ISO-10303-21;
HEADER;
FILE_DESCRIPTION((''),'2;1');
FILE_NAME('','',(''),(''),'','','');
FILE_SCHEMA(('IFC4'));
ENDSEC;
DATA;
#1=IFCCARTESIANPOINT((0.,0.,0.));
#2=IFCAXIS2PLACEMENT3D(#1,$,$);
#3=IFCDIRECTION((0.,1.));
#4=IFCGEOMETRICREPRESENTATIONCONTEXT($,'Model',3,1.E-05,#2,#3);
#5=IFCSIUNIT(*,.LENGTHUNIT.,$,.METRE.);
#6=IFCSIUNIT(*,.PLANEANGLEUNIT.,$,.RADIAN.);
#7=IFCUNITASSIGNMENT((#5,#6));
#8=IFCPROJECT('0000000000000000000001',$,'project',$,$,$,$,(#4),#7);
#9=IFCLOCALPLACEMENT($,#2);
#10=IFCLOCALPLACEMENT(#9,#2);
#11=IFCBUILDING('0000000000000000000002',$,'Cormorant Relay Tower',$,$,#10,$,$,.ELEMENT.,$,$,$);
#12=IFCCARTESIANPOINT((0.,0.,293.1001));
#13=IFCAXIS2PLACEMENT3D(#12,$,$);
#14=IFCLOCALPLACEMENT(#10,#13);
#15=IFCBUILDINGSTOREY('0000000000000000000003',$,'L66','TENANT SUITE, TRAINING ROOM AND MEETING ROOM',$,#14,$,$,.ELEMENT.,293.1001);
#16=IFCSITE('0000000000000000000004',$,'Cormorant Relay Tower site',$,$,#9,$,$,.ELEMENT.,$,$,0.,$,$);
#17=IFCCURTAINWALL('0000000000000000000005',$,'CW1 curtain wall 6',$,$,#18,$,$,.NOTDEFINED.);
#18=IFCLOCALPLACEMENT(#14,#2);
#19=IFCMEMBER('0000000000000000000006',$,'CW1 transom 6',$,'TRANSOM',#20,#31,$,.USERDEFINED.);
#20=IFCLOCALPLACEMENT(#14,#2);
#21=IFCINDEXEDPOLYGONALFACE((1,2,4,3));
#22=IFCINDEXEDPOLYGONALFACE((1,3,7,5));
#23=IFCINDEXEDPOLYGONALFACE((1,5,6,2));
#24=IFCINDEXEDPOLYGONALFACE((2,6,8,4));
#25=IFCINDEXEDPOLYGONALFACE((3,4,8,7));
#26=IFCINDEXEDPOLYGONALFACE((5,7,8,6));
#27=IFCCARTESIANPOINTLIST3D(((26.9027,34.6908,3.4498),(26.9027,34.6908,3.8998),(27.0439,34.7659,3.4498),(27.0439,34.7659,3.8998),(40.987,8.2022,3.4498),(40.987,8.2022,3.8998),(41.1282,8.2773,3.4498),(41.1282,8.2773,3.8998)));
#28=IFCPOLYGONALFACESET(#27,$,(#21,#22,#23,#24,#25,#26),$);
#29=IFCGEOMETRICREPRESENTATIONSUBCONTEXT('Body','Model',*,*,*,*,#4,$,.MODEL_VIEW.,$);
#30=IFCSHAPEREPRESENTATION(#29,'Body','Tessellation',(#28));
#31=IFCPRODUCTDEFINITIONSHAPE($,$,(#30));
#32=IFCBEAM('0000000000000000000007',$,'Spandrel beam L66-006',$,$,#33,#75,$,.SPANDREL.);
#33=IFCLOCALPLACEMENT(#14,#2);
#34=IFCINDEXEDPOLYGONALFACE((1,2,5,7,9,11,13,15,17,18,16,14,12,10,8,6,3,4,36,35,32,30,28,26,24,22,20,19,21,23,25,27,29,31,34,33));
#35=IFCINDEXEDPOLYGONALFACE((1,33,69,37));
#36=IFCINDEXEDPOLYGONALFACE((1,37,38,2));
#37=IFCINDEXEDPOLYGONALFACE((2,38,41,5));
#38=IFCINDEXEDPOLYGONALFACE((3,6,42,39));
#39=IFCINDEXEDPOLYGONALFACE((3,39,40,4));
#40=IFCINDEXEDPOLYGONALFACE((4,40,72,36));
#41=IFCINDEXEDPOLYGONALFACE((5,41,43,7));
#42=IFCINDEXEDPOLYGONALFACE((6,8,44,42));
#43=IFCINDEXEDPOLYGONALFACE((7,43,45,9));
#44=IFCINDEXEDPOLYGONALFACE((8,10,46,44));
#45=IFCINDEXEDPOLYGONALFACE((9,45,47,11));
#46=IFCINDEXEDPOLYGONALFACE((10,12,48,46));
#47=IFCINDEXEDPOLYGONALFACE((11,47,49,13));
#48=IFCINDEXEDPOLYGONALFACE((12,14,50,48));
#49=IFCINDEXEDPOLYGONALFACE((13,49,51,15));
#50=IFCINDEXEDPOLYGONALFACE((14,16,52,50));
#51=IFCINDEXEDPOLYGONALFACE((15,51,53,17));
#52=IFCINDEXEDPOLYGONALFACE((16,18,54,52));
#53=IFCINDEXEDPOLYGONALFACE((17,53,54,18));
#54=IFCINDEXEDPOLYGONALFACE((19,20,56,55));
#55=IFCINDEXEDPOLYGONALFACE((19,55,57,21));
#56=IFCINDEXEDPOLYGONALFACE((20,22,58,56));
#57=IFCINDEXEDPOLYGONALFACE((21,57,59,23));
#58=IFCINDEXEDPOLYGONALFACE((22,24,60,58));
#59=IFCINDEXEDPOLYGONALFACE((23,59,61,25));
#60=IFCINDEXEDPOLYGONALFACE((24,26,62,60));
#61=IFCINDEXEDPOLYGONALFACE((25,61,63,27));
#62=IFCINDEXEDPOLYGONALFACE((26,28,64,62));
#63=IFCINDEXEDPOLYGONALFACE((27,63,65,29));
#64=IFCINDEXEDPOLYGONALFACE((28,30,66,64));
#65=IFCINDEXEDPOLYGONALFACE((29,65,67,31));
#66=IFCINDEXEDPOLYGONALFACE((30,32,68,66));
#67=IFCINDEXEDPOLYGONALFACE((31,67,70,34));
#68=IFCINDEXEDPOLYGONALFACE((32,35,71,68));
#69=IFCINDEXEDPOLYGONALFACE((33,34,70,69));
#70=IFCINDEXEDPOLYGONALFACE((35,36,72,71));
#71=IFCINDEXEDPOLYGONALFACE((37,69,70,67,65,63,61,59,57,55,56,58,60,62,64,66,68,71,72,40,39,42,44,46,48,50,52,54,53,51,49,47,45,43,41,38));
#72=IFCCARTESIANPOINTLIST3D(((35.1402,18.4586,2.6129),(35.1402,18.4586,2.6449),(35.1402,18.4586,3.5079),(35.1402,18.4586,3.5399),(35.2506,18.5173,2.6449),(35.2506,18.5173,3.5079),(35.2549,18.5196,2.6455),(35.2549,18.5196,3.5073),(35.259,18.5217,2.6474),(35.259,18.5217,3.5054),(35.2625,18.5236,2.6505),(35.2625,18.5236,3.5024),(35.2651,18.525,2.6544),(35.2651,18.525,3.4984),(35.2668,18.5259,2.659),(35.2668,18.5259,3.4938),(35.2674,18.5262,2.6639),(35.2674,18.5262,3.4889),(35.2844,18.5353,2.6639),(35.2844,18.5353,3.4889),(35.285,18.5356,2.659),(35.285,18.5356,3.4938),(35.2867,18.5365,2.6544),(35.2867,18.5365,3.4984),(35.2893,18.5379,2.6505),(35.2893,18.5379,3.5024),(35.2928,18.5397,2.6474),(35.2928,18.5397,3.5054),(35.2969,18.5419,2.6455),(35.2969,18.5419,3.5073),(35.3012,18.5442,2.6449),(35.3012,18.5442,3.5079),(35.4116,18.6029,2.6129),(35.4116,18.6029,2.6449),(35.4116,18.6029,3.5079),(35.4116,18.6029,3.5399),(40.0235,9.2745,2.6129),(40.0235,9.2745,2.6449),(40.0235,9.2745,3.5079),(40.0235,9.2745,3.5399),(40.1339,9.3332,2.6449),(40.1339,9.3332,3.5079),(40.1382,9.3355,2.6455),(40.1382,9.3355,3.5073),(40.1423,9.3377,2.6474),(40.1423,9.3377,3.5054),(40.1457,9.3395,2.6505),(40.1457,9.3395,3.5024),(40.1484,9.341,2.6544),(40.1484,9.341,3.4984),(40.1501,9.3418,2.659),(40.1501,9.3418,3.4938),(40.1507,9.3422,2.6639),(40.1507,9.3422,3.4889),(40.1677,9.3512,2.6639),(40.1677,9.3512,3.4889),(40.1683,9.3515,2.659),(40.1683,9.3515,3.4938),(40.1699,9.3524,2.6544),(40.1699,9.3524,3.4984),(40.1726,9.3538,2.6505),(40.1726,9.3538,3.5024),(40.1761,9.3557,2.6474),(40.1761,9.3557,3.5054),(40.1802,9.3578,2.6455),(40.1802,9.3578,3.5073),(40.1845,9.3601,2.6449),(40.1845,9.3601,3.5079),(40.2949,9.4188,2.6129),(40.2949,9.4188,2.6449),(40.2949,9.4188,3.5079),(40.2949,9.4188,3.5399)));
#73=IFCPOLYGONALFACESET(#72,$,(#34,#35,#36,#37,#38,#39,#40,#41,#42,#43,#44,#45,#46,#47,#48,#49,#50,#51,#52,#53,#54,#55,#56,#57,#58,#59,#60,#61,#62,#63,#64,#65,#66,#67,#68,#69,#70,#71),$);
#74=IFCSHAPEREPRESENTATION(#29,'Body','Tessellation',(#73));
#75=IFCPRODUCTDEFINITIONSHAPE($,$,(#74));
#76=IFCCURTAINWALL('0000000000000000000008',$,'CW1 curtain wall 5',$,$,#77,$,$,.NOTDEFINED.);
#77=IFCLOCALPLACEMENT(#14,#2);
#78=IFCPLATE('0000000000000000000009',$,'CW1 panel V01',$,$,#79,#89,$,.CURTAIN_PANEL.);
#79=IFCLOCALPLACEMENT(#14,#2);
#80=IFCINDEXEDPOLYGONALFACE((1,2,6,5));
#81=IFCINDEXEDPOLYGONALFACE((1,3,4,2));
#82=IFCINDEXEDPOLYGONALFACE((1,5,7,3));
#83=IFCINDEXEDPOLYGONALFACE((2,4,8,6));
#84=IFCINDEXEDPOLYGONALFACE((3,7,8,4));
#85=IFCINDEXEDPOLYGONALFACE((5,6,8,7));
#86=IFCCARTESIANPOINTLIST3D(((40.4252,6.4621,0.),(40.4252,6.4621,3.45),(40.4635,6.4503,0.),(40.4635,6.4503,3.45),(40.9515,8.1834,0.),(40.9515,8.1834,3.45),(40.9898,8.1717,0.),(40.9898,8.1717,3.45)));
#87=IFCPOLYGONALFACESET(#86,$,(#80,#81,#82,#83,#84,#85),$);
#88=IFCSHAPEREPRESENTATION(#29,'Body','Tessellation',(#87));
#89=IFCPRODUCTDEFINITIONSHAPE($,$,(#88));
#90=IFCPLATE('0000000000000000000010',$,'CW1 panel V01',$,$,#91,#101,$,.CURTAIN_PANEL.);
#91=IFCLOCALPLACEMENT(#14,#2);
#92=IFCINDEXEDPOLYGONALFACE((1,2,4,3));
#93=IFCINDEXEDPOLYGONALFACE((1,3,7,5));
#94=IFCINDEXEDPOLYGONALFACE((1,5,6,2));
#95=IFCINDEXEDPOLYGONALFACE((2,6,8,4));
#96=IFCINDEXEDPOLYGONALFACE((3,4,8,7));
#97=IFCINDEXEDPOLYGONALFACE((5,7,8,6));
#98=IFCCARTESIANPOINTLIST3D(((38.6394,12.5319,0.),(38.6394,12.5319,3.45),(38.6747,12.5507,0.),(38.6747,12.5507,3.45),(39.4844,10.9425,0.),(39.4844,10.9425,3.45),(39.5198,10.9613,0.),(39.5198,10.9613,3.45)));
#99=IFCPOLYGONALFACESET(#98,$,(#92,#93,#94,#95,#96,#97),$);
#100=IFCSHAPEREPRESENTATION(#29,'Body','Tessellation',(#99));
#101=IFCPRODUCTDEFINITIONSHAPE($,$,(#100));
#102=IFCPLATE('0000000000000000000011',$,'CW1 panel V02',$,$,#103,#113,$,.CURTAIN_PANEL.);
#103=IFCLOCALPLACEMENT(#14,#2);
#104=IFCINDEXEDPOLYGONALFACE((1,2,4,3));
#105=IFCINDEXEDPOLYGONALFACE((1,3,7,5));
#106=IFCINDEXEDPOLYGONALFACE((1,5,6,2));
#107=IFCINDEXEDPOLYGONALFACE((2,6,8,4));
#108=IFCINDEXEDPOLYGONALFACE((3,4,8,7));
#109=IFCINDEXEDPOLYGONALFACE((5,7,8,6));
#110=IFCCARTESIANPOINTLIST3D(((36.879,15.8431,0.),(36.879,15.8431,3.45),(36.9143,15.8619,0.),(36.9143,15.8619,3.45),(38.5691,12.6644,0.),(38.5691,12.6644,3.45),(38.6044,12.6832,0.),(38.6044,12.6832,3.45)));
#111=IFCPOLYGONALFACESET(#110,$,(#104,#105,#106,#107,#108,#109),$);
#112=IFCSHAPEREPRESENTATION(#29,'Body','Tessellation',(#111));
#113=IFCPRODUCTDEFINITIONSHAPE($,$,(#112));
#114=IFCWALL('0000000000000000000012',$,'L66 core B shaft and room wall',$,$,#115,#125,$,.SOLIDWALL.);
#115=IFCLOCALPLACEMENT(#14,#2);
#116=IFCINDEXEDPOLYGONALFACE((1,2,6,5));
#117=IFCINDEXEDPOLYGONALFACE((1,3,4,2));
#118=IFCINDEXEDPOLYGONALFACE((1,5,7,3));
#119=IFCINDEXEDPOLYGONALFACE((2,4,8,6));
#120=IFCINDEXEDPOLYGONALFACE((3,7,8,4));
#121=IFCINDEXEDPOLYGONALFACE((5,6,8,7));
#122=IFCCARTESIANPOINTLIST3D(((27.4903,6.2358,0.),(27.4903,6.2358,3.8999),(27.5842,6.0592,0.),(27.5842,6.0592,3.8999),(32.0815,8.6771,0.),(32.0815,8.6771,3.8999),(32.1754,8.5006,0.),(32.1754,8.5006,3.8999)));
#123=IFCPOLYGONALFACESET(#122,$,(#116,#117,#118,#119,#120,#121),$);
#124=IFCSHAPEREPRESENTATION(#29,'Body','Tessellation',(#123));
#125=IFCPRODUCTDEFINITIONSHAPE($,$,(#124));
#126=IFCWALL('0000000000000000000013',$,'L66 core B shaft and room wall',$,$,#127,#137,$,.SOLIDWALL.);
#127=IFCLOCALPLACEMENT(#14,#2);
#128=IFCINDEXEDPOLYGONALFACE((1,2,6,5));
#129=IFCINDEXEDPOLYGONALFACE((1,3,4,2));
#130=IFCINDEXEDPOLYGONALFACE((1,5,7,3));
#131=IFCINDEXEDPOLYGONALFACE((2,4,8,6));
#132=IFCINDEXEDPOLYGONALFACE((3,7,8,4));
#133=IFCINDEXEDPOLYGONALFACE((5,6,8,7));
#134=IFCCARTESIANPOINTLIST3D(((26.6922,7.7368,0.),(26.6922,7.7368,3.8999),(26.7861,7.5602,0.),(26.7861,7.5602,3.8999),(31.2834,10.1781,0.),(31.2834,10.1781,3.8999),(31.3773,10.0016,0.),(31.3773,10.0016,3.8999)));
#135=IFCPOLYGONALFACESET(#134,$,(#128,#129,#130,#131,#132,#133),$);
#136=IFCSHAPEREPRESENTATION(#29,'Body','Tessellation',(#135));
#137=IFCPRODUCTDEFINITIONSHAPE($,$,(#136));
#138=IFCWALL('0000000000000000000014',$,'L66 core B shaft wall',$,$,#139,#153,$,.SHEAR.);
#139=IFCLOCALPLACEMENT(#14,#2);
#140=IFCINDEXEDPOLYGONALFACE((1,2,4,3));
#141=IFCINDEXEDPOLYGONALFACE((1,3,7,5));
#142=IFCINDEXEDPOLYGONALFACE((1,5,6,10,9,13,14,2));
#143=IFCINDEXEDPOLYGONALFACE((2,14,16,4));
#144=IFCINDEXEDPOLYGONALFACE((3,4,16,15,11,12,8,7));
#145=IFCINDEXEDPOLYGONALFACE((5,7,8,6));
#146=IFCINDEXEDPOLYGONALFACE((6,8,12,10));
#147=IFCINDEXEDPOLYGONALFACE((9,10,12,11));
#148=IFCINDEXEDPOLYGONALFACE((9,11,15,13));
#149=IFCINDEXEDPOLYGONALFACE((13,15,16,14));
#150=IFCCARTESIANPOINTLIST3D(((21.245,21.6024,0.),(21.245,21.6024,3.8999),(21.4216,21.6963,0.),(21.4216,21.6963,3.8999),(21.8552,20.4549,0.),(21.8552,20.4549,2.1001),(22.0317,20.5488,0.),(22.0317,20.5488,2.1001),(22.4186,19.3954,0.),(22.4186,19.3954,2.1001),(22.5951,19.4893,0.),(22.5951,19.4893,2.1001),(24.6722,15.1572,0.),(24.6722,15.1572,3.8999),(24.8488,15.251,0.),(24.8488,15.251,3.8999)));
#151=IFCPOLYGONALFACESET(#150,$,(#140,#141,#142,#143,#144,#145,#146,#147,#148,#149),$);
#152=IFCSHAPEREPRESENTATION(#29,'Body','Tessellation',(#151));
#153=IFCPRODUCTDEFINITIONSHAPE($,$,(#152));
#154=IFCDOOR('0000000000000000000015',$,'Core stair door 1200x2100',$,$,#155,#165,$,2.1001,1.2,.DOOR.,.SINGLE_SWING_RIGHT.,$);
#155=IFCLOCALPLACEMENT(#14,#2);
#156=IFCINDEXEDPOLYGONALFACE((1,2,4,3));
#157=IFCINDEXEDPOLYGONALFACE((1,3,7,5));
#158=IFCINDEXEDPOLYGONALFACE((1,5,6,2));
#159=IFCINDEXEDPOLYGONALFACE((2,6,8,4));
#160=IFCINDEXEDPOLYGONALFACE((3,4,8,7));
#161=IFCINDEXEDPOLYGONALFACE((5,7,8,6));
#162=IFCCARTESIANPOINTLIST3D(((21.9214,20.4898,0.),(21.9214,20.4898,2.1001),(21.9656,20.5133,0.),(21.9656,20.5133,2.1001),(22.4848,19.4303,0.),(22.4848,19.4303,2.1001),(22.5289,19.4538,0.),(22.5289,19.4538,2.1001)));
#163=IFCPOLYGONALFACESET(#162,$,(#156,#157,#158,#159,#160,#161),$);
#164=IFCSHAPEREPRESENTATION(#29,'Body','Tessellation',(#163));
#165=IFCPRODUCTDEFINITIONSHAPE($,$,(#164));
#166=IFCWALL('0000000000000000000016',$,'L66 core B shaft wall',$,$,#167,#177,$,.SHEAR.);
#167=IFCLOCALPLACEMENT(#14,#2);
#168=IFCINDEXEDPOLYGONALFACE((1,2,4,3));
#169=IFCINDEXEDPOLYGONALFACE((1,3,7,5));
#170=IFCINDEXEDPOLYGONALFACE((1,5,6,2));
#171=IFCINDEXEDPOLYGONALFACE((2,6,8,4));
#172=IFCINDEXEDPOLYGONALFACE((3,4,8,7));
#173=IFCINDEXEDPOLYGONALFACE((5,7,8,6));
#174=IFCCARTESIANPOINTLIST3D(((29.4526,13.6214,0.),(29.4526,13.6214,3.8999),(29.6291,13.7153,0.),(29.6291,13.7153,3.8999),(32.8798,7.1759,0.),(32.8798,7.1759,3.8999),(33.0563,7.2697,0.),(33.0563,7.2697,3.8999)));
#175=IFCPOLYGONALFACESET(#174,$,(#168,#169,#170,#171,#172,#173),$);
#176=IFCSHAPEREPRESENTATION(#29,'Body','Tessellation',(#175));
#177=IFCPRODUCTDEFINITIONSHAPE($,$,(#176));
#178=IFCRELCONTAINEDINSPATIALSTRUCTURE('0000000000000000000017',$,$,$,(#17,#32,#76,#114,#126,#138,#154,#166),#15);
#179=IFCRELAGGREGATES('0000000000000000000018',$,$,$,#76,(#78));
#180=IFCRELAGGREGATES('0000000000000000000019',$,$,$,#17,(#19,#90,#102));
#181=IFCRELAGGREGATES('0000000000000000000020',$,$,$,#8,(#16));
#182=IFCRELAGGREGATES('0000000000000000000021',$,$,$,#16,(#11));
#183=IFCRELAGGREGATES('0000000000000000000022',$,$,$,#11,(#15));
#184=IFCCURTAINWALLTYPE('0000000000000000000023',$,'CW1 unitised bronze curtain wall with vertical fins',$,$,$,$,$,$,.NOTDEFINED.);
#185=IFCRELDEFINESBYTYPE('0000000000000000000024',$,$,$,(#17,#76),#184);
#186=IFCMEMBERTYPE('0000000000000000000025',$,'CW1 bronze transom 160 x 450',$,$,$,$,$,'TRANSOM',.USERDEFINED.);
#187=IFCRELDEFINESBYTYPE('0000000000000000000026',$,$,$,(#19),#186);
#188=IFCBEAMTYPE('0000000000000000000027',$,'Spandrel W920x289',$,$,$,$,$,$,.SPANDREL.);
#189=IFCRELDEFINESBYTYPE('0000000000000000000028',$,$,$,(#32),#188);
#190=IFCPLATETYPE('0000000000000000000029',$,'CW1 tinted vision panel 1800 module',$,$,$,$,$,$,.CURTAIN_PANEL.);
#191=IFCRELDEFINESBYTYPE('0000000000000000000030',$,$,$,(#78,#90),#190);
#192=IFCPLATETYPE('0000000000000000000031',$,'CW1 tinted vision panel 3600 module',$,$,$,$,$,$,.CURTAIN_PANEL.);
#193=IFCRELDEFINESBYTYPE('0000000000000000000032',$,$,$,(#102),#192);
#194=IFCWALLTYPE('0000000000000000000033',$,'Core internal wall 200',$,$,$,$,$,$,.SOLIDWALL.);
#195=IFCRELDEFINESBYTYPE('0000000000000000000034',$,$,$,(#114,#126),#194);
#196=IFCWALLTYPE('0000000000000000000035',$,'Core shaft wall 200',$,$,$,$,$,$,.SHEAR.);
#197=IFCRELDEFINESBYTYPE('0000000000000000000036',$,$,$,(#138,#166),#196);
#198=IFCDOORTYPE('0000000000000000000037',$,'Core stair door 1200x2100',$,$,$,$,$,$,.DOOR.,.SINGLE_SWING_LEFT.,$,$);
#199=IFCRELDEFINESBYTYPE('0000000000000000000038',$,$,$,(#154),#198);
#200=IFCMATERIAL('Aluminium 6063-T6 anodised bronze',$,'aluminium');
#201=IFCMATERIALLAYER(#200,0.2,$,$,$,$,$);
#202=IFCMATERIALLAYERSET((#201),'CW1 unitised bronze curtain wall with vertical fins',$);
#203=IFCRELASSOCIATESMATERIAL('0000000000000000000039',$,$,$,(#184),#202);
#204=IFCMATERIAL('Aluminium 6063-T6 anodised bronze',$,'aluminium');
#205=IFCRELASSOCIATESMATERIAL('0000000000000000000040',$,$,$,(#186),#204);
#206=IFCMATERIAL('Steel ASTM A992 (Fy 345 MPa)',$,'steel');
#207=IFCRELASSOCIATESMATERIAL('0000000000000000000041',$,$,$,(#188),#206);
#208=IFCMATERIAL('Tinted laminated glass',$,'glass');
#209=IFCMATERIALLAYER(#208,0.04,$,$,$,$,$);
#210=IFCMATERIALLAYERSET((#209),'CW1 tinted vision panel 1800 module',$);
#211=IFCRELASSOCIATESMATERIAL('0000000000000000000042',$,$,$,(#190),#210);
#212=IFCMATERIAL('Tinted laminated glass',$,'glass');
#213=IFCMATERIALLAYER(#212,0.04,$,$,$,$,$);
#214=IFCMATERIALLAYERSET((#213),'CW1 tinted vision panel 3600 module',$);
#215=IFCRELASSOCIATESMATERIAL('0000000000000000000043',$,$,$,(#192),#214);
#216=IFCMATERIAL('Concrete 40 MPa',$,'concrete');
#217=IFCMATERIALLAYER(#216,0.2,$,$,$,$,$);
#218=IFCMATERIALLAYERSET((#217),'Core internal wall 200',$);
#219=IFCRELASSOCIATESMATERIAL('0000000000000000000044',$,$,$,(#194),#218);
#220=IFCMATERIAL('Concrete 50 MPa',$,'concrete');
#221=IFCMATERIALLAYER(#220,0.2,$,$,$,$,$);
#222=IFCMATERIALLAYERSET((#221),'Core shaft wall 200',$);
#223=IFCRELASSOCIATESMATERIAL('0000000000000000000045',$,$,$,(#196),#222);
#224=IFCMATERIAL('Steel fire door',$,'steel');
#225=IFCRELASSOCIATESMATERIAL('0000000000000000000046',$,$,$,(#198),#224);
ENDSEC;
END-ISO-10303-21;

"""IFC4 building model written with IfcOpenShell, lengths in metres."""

from ifc_helpers import new_model, si_unit, direction, frame, frame_2d, origin, origin_2d, place, context, subcontext, project, spatial, rectangle, i_section, extrude, material, layer, layer_set, material_profile, profile_set, type_object, element, fill, aggregate, save


model = new_model("IFC4")

# Units and contexts
model_context = context("Model", 3, precision=1e-05, world=origin(), true_north=direction((0.0, 1.0)))
body_context = subcontext(model_context, "Body", "Model", "MODEL_VIEW")
ifc_project = project(units=[si_unit("LENGTHUNIT", "METRE"), si_unit("PLANEANGLEUNIT", "RADIAN")], contexts=[model_context])

# Site, building, storey
site_placement = place(None, origin())
site = spatial("IfcSite", under=ifc_project, at=site_placement, Name="Cormorant Relay Tower site", CompositionType="ELEMENT", RefElevation=0.0)
building_placement = place(site_placement, origin())
building = spatial("IfcBuilding", under=site, at=building_placement, Name="Cormorant Relay Tower", CompositionType="ELEMENT")
storey_placement = place(building_placement, frame((0.0, 0.0, 293.1001)))
storey = spatial("IfcBuildingStorey", under=building, at=storey_placement, Name="L66", Description="TENANT SUITE, TRAINING ROOM AND MEETING ROOM", CompositionType="ELEMENT", Elevation=293.1001)

# Curtain wall, member
ifc_material_1 = material(Name="Aluminium 6063-T6 anodised bronze", Category="aluminium")
ifc_layer_1 = layer(ifc_material_1, 0.2)
ifc_layer_set_1 = layer_set([ifc_layer_1], Name="CW1 unitised bronze curtain wall with vertical fins")
curtain_wall_type = type_object("IfcCurtainWallType", Name="CW1 unitised bronze curtain wall with vertical fins", PredefinedType="NOTDEFINED", material=ifc_layer_set_1)
curtain_wall_1_placement = place(storey_placement, origin())
curtain_wall_1 = element("IfcCurtainWall", 1, at=curtain_wall_1_placement, inside=storey, type_object=curtain_wall_type, Name="CW1 curtain wall 6", PredefinedType="NOTDEFINED")
ifc_material_2 = material(Name="Aluminium 6063-T6 anodised bronze", Category="aluminium")
ifc_material_profile_1 = material_profile(ifc_material_2, rectangle(XDim=0.1599, YDim=0.45, at=origin_2d()), Name="AL 160x450")
ifc_profile_set_1 = profile_set([ifc_material_profile_1], Name="Aluminium 6063-T6 anodised bronze")
member_type_1 = type_object("IfcMemberType", Name="CW1 bronze transom 160 x 450", ElementType="TRANSOM", PredefinedType="USERDEFINED", material=ifc_profile_set_1)
member_1_placement = place(storey_placement, frame((41.0576, 8.2397, 3.6748), z_axis=(-0.469472, 0.882947, 0.0), x_axis=(-0.882947, -0.469472, 0.0)))
member_1 = element("IfcMember", 2, at=member_1_placement, type_object=member_type_1, Name="CW1 transom 6", ObjectType="TRANSOM", PredefinedType="USERDEFINED", context=body_context, shape_type="SweptSolid", body=[
    extrude(rectangle(XDim=0.1599, YDim=0.45, at=origin_2d()), origin(), (0.0, 0.0, 1.0), 30.0002),
])

# Beam
ifc_material_3 = material(Name="Steel ASTM A992 (Fy 345 MPa)", Category="steel")
ifc_material_profile_2 = material_profile(ifc_material_3, i_section(OverallWidth=0.3074, OverallDepth=0.927, WebThickness=0.0193, FlangeThickness=0.032, FilletRadius=0.019, at=origin_2d()), Name="W920x289")
ifc_profile_set_2 = profile_set([ifc_material_profile_2], Name="Steel ASTM A992 (Fy 345 MPa)")
beam_type = type_object("IfcBeamType", Name="Spandrel W920x289", PredefinedType="SPANDREL", material=ifc_profile_set_2)
beam_placement = place(storey_placement, frame((40.1592, 9.3467, 3.0764), z_axis=(-0.469474, 0.882946, 0.0), x_axis=(-0.882946, -0.469474, 0.0)))
element("IfcBeam", 3, at=beam_placement, inside=storey, type_object=beam_type, Name="Spandrel beam L66-006", PredefinedType="SPANDREL", context=body_context, shape_type="SweptSolid", body=[
    extrude(i_section(OverallWidth=0.3074, OverallDepth=0.927, WebThickness=0.0193, FlangeThickness=0.032, FilletRadius=0.019, at=origin_2d()), origin(), (0.0, 0.0, 1.0), 10.4016),
])

# Curtain wall, plate
curtain_wall_2_placement = place(storey_placement, origin())
curtain_wall_2 = element("IfcCurtainWall", 4, at=curtain_wall_2_placement, inside=storey, type_object=curtain_wall_type, Name="CW1 curtain wall 5", PredefinedType="NOTDEFINED")
ifc_material_4 = material(Name="Tinted laminated glass", Category="glass")
ifc_layer_2 = layer(ifc_material_4, 0.04)
ifc_layer_set_2 = layer_set([ifc_layer_2], Name="CW1 tinted vision panel 1800 module")
plate_type_1 = type_object("IfcPlateType", Name="CW1 tinted vision panel 1800 module", PredefinedType="CURTAIN_PANEL", material=ifc_layer_set_2)
plate_1_placement = place(storey_placement, frame((40.7075, 7.3169, 0.0), z_axis=(0.0, 0.0, 1.0), x_axis=(0.292372, 0.956305, 0.0)))
plate_1 = element("IfcPlate", 5, at=plate_1_placement, type_object=plate_type_1, Name="CW1 panel V01", PredefinedType="CURTAIN_PANEL", context=body_context, shape_type="SweptSolid", body=[
    extrude(rectangle(XDim=1.8, YDim=0.04, at=origin_2d()), origin(), (0.0, 0.0, 1.0), 3.45),
])
aggregate(curtain_wall_2, [plate_1])

# Plates
plate_2_placement = place(storey_placement, frame((39.0796, 11.7466, 0.0), z_axis=(0.0, 0.0, 1.0), x_axis=(-0.469472, 0.882948, 0.0)))
plate_2 = element("IfcPlate", 6, at=plate_2_placement, type_object=plate_type_1, Name="CW1 panel V01", PredefinedType="CURTAIN_PANEL", context=body_context, shape_type="SweptSolid", body=[
    extrude(rectangle(XDim=1.8, YDim=0.04, at=origin_2d()), origin(), (0.0, 0.0, 1.0), 3.45),
])
ifc_material_5 = material(Name="Tinted laminated glass", Category="glass")
ifc_layer_3 = layer(ifc_material_5, 0.04)
ifc_layer_set_3 = layer_set([ifc_layer_3], Name="CW1 tinted vision panel 3600 module")
plate_type_2 = type_object("IfcPlateType", Name="CW1 tinted vision panel 3600 module", PredefinedType="CURTAIN_PANEL", material=ifc_layer_set_3)
plate_3_placement = place(storey_placement, frame((37.7417, 14.2632, 0.0), z_axis=(0.0, 0.0, 1.0), x_axis=(-0.469472, 0.882948, 0.0)))
plate_3 = element("IfcPlate", 7, at=plate_3_placement, type_object=plate_type_2, Name="CW1 panel V02", PredefinedType="CURTAIN_PANEL", context=body_context, shape_type="SweptSolid", body=[
    extrude(rectangle(XDim=3.6001, YDim=0.04, at=origin_2d()), origin(), (0.0, 0.0, 1.0), 3.45),
])

# Walls
ifc_material_6 = material(Name="Concrete 40 MPa", Category="concrete")
ifc_layer_4 = layer(ifc_material_6, 0.2)
ifc_layer_set_4 = layer_set([ifc_layer_4], Name="Core internal wall 200")
wall_type_1 = type_object("IfcWallType", Name="Core internal wall 200", PredefinedType="SOLIDWALL", material=ifc_layer_set_4)
for number, where, z_axis, x_axis, name in (
    (8, (27.5371, 6.1475, 0.0), (0.0, 0.0, 1.0), (0.882935, 0.469496, 0.0), "L66 core B shaft and room wall"),
    (9, (26.739, 7.6484, 0.0), (0.0, 0.0, 1.0), (0.882935, 0.469496, 0.0), "L66 core B shaft and room wall"),
):
    element("IfcWall", number, at=place(storey_placement, frame(where, z_axis=z_axis, x_axis=x_axis)), inside=storey, type_object=wall_type_1, Name=name, PredefinedType="SOLIDWALL", context=body_context, shape_type="SweptSolid", body=[
        extrude(rectangle(XDim=5.2, YDim=0.2, at=frame_2d((2.6001, 0.0))), origin(), (0.0, 0.0, 1.0), 3.8999),
    ])

# Wall, opening, door
ifc_material_7 = material(Name="Concrete 50 MPa", Category="concrete")
ifc_layer_5 = layer(ifc_material_7, 0.2)
ifc_layer_set_5 = layer_set([ifc_layer_5], Name="Core shaft wall 200")
wall_type_2 = type_object("IfcWallType", Name="Core shaft wall 200", PredefinedType="SHEAR", material=ifc_layer_set_5)
wall_1_placement = place(storey_placement, frame((24.7605, 15.2041, 0.0), z_axis=(0.0, 0.0, 1.0), x_axis=(-0.469494, 0.882936, 0.0)))
wall_1 = element("IfcWall", 10, at=wall_1_placement, inside=storey, type_object=wall_type_2, Name="L66 core B shaft wall", PredefinedType="SHEAR", context=body_context, shape_type="SweptSolid", body=[
    extrude(rectangle(XDim=7.2998, YDim=0.2, at=frame_2d((3.6499, 0.0))), origin(), (0.0, 0.0, 1.0), 3.8999),
])
opening_1_placement = place(wall_1_placement, frame((4.8, 0.0, 0.0)))
opening_1 = element("IfcOpeningElement", 11, at=opening_1_placement, cuts=wall_1, PredefinedType="OPENING", context=body_context, shape_type="SweptSolid", body=[
    extrude(rectangle(XDim=1.2, YDim=2.1001, at=frame_2d((0.6001, 1.05))), frame((0.0, 0.1099, 0.0), z_axis=(0.0, -1.0, 0.0), x_axis=(1.0, 0.0, 0.0)), (0.0, 0.0, 1.0), 0.22),
])
ifc_material_8 = material(Name="Steel fire door", Category="steel")
door_type_1 = type_object("IfcDoorType", Name="Core stair door 1200x2100", OperationType="SINGLE_SWING_LEFT", PredefinedType="DOOR", material=ifc_material_8)
door_1_placement = place(opening_1_placement, frame((1.2, 0.0, 0.0), z_axis=(0.0, 0.0, 1.0), x_axis=(-1.0, 0.0, 0.0)))
door_1 = element("IfcDoor", 12, at=door_1_placement, inside=storey, type_object=door_type_1, Name="Core stair door 1200x2100", OperationType="SINGLE_SWING_RIGHT", OverallHeight=2.1001, OverallWidth=1.2, PredefinedType="DOOR", context=body_context, shape_type="SweptSolid", body=[
    extrude(rectangle(XDim=1.2, YDim=2.1001, at=frame_2d((0.6001, 1.05))), frame((0.0, 0.0249, 0.0), z_axis=(0.0, -1.0, 0.0), x_axis=(1.0, 0.0, 0.0)), (0.0, 0.0, 1.0), 0.05),
])
fill(opening_1, door_1)

# Wall
wall_2_placement = place(storey_placement, frame((32.968, 7.2229, 0.0), z_axis=(0.0, 0.0, 1.0), x_axis=(-0.46948, 0.882943, 0.0)))
element("IfcWall", 13, at=wall_2_placement, inside=storey, type_object=wall_type_2, Name="L66 core B shaft wall", PredefinedType="SHEAR", context=body_context, shape_type="SweptSolid", body=[
    extrude(rectangle(XDim=7.3, YDim=0.2, at=frame_2d((3.6499, 0.0))), origin(), (0.0, 0.0, 1.0), 3.8999),
])

aggregate(curtain_wall_1, [member_1, plate_2, plate_3])

save(model, "model.ifc")
